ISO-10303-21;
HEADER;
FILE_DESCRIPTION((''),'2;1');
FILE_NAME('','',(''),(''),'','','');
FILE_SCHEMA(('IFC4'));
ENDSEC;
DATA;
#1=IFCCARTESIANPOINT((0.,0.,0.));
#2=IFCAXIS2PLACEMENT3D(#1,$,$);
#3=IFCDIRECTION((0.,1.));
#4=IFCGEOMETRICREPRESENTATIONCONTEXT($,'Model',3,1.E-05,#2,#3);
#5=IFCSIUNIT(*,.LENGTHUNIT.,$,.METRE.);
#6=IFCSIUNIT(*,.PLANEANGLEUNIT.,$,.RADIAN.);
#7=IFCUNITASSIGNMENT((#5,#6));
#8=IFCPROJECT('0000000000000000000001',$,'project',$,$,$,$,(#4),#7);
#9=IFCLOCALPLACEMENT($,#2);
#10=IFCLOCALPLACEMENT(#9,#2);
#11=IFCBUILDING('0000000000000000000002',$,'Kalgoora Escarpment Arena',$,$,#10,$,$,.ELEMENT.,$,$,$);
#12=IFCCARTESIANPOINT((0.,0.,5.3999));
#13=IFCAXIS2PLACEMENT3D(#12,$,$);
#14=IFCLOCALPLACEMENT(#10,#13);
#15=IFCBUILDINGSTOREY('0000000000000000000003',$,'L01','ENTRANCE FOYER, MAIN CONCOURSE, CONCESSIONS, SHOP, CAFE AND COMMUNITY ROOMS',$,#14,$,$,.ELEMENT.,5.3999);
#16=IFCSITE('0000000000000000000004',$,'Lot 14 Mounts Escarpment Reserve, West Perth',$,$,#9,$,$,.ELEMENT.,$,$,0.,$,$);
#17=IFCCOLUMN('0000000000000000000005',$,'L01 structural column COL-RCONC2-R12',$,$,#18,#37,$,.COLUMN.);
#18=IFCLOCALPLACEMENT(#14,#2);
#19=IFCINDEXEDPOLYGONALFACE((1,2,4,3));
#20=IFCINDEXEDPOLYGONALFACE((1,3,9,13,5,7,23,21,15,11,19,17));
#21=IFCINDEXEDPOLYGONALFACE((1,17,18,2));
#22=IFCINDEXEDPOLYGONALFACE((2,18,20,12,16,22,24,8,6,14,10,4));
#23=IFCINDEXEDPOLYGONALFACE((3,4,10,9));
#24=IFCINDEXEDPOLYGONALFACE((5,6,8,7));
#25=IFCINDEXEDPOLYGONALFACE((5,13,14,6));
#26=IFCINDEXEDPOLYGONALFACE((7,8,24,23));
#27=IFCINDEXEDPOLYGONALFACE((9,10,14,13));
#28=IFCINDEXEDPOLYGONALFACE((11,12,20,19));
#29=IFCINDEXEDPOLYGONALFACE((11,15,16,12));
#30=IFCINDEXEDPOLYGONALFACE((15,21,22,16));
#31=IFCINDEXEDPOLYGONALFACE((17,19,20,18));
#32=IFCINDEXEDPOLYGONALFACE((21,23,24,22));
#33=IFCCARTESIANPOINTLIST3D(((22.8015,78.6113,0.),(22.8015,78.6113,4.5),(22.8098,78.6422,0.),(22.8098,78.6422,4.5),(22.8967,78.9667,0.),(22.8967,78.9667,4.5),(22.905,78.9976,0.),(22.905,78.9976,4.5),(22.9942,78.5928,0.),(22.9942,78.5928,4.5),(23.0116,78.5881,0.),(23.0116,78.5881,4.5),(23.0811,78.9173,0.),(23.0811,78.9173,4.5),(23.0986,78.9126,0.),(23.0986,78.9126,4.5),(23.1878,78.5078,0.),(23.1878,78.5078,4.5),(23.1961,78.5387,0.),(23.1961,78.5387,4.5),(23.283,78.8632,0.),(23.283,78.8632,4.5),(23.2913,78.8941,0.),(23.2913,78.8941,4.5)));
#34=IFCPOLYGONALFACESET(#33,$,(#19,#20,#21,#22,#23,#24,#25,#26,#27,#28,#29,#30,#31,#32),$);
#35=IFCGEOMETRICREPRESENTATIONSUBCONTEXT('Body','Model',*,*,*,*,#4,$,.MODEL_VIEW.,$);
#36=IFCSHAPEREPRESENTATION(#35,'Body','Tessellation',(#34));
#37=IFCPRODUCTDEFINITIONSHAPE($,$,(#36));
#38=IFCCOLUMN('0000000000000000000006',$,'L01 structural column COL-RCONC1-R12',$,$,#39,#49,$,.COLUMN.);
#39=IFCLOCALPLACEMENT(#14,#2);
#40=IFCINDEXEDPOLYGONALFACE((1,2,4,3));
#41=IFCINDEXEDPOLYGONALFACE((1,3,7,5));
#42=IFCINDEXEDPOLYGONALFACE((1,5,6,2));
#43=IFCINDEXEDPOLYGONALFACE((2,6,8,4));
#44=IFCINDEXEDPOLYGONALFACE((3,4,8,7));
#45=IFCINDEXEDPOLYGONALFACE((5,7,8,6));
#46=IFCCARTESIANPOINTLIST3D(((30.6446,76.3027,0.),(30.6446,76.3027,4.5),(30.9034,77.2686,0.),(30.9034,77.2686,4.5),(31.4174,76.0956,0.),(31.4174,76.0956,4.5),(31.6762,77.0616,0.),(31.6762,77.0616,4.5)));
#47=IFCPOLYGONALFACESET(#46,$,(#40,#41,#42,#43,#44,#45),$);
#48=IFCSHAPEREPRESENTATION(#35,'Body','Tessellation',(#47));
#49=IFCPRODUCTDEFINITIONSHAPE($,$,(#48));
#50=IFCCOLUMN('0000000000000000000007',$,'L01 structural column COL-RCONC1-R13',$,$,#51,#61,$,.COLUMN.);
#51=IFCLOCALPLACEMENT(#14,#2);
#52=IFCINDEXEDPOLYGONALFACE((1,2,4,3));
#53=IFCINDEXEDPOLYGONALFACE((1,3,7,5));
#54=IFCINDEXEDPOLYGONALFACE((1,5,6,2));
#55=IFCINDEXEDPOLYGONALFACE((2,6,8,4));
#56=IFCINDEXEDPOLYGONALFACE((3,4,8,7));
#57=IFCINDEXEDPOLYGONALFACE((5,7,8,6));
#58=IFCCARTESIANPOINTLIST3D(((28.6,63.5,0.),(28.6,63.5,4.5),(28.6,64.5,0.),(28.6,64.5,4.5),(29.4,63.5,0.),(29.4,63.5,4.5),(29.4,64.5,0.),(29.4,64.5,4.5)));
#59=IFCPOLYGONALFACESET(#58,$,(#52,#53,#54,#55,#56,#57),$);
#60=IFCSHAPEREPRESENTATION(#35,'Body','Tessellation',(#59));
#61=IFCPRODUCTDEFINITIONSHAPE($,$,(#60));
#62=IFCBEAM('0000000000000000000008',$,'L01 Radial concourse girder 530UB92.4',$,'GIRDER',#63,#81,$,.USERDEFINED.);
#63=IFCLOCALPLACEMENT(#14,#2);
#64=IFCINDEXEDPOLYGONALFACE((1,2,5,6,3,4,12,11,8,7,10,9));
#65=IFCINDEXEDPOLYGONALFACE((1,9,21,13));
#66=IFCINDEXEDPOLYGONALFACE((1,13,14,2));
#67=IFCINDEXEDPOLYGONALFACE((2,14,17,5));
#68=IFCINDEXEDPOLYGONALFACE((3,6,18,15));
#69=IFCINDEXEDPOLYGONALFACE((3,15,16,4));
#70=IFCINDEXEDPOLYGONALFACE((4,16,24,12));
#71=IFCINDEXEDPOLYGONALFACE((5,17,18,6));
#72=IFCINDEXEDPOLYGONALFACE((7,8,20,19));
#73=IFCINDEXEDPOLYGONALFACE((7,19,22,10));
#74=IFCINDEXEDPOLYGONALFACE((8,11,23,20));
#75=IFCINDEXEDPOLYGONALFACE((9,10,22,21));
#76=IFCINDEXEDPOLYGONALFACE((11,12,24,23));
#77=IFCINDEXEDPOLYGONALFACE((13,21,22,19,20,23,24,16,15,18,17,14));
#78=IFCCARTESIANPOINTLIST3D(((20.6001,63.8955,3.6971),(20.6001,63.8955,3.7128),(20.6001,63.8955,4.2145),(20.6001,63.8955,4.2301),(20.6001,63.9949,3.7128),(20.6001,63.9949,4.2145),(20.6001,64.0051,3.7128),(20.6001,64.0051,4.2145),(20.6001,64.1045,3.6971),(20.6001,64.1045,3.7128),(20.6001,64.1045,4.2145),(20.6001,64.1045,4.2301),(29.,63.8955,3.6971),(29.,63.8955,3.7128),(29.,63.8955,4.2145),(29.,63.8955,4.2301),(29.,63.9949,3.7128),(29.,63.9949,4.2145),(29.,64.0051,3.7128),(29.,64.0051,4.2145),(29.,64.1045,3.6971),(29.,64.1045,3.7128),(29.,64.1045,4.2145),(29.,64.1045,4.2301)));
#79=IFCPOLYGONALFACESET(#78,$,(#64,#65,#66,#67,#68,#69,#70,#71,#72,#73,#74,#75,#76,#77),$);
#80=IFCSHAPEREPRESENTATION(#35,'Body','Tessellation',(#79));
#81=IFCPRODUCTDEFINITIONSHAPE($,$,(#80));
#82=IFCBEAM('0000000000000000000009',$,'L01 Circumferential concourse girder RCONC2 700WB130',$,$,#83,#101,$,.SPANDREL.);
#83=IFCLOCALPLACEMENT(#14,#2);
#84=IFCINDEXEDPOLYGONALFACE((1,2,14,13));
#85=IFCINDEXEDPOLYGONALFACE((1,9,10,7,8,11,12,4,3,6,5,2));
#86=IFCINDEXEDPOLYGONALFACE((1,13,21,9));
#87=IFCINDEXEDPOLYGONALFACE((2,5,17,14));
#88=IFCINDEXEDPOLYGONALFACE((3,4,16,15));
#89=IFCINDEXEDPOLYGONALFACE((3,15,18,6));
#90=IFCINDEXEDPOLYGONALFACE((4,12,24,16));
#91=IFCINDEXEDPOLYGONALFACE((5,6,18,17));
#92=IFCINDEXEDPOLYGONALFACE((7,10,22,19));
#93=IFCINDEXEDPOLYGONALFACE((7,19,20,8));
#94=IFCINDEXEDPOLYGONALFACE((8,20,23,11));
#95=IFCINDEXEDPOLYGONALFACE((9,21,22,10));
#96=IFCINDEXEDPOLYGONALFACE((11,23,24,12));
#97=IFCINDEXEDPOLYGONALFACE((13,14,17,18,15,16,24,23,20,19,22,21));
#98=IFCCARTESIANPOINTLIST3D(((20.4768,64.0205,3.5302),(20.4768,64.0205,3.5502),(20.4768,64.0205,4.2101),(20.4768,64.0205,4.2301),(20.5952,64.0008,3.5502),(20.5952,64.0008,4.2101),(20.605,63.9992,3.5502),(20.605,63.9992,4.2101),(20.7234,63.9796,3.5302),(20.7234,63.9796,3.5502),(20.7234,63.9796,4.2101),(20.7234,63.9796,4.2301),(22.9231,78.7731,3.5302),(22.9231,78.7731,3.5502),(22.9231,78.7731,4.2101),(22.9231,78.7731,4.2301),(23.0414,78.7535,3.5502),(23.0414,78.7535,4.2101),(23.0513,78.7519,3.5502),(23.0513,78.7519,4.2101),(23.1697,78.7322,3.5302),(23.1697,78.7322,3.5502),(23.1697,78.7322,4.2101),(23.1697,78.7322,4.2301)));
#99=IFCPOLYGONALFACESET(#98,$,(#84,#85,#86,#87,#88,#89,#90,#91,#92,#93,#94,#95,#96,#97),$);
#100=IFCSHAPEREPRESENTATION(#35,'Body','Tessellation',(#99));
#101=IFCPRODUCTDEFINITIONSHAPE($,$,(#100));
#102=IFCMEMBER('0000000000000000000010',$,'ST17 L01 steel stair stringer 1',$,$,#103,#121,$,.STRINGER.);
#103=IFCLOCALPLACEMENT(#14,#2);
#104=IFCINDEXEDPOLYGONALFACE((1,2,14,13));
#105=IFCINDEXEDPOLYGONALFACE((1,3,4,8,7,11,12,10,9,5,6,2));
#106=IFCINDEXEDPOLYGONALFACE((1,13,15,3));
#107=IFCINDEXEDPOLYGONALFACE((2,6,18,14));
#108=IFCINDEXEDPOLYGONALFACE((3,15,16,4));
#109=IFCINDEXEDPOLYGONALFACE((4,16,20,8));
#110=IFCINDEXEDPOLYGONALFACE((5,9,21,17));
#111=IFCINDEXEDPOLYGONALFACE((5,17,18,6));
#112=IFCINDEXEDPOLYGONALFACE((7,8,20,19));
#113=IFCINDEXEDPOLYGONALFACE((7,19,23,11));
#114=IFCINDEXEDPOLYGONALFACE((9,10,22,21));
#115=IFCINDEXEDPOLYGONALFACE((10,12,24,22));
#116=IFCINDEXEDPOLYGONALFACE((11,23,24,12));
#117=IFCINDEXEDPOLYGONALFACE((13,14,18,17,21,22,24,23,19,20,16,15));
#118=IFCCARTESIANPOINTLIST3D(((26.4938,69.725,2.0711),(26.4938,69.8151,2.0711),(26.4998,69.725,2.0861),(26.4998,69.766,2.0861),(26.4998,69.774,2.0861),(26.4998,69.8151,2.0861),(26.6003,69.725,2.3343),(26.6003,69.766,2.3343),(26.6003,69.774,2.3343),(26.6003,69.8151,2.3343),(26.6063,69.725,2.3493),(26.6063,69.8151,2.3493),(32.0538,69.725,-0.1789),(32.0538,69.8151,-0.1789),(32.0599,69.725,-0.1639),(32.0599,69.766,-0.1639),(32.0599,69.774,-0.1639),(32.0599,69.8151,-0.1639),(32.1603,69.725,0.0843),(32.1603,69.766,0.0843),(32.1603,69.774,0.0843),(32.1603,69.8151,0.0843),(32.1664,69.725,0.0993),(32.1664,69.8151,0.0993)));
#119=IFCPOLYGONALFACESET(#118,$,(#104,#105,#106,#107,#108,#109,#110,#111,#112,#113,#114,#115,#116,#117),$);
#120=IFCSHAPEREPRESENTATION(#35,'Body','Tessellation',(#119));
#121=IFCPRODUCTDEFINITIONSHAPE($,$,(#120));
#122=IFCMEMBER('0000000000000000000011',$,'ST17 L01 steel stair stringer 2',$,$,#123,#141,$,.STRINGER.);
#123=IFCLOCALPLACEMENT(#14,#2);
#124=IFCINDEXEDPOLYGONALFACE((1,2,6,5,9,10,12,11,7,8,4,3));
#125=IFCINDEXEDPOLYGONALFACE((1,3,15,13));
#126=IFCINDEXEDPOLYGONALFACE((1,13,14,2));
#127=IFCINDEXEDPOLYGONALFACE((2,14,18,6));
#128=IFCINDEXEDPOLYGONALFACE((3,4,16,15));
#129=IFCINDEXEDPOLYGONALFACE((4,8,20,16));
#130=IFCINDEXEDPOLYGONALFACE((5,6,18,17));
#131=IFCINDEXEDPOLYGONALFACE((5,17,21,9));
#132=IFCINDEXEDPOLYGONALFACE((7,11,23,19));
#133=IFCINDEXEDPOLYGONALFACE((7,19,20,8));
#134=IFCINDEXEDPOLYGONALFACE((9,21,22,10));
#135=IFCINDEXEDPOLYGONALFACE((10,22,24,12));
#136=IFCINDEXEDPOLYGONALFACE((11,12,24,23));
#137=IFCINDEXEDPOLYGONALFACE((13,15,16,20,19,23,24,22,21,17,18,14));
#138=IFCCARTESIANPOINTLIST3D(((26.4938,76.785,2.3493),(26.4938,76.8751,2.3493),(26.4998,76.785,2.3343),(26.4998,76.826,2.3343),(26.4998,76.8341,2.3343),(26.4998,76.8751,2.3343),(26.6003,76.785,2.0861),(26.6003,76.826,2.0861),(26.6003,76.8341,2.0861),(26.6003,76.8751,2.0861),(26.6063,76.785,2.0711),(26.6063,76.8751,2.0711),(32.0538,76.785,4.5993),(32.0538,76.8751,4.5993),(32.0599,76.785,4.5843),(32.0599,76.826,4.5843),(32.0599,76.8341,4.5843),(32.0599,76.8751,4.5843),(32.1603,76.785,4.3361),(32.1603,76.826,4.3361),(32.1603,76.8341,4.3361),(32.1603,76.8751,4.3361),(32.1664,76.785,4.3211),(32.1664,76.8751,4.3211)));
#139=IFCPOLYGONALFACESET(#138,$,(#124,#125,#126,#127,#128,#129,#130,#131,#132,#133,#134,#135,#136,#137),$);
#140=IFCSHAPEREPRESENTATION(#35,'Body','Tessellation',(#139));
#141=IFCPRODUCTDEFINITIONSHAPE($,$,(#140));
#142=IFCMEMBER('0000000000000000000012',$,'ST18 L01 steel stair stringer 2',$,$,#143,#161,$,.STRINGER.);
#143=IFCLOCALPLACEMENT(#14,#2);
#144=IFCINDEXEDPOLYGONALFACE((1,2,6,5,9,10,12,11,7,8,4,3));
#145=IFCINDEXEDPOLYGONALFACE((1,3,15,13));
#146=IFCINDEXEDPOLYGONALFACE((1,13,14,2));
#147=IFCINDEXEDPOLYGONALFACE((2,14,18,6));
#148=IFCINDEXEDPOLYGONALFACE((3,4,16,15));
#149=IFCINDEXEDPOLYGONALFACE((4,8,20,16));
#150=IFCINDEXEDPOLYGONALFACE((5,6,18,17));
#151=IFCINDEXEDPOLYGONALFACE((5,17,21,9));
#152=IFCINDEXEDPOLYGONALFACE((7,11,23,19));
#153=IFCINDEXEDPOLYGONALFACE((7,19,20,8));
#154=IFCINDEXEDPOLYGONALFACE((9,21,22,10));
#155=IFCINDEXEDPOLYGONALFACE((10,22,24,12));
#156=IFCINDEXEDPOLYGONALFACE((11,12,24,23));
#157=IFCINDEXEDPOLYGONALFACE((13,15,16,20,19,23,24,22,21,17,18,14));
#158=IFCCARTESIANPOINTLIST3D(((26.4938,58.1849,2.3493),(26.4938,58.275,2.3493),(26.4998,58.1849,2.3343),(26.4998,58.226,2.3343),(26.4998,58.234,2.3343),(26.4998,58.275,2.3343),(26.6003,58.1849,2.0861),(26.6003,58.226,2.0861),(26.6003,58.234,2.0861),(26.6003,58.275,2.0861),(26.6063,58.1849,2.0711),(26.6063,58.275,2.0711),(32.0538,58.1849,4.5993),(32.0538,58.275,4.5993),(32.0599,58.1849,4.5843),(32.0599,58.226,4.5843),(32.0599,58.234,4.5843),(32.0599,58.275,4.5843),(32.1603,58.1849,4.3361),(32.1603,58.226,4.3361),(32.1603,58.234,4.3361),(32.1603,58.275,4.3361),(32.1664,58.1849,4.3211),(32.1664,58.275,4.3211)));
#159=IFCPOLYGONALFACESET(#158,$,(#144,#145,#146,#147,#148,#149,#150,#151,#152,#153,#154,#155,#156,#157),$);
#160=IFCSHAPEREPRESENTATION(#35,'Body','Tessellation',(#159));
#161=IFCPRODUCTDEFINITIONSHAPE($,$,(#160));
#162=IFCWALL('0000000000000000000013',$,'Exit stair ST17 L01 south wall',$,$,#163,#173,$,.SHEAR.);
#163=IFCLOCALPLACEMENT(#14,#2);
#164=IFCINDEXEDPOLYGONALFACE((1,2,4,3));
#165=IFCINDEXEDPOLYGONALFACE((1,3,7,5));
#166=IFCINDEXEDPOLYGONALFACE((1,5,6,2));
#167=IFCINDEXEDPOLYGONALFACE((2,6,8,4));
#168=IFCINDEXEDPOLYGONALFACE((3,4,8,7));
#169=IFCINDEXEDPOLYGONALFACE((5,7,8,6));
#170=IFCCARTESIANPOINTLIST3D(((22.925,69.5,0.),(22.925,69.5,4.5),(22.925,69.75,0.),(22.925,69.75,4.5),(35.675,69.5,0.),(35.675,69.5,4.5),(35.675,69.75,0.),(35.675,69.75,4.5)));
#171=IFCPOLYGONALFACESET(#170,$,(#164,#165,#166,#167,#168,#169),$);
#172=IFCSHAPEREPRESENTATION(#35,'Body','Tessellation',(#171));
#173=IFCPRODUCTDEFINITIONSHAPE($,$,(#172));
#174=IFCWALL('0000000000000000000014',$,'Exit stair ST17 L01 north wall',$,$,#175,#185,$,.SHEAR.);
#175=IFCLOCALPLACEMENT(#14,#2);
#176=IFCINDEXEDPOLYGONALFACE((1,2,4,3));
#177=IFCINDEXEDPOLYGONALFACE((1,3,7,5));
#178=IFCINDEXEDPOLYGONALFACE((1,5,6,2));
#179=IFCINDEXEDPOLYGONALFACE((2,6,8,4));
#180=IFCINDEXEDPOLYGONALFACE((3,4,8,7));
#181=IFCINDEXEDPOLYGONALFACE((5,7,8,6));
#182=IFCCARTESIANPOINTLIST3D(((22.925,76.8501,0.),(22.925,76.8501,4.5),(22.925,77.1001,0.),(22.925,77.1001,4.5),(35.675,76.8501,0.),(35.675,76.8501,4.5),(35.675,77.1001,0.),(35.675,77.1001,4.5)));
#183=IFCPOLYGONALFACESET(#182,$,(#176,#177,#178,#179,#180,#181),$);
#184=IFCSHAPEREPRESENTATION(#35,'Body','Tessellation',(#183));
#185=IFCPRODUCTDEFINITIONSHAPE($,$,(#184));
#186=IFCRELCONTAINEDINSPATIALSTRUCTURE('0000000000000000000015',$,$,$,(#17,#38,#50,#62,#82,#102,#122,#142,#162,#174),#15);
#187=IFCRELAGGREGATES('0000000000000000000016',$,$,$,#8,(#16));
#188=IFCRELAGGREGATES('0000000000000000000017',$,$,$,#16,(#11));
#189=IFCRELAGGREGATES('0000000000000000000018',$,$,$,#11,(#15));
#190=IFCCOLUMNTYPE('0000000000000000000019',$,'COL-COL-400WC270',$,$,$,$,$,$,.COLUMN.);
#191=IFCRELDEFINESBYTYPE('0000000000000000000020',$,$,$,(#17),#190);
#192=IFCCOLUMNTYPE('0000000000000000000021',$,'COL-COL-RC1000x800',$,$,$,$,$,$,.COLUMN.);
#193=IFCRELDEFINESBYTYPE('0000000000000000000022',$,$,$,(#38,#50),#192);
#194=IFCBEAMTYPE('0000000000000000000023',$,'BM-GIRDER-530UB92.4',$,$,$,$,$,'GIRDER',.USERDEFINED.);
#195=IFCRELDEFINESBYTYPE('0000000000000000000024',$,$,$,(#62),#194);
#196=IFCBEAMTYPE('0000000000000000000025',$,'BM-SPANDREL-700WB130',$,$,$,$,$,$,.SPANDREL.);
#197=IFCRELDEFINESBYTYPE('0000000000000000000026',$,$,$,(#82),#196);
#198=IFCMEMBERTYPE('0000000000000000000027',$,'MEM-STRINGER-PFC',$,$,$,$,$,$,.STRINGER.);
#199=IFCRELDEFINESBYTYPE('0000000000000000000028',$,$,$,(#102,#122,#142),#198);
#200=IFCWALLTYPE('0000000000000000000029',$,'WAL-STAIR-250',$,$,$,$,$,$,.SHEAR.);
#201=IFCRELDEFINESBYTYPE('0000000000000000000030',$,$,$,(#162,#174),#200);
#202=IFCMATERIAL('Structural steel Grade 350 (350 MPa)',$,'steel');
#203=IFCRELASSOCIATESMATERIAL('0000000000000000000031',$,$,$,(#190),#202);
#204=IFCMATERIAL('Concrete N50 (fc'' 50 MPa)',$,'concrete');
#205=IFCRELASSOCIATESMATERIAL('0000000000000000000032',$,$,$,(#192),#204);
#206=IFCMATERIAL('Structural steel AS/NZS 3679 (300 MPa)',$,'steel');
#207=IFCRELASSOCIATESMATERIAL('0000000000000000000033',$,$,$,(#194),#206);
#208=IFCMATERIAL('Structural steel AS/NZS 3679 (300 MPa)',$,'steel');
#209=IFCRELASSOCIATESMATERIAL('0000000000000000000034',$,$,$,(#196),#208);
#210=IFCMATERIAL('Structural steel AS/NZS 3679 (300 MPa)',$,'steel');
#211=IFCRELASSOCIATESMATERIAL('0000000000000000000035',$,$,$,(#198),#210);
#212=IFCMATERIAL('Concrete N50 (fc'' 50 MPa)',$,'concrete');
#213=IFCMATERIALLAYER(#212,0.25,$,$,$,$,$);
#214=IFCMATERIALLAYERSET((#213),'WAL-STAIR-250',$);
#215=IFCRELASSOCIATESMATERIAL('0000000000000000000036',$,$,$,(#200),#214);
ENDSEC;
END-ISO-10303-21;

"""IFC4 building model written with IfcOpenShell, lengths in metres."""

from ifc_helpers import new_model, si_unit, direction, frame, frame_2d, origin, origin_2d, place, context, subcontext, project, spatial, rectangle, i_section, extrude, material, layer, layer_set, material_profile, profile_set, type_object, element, save


model = new_model("IFC4")

# Units and contexts
model_context = context("Model", 3, precision=1e-05, world=origin(), true_north=direction((0.0, 1.0)))
body_context = subcontext(model_context, "Body", "Model", "MODEL_VIEW")
ifc_project = project(units=[si_unit("LENGTHUNIT", "METRE"), si_unit("PLANEANGLEUNIT", "RADIAN")], contexts=[model_context])

# Site, building, storey
site_placement = place(None, origin())
site = spatial("IfcSite", under=ifc_project, at=site_placement, Name="Lot 14 Mounts Escarpment Reserve, West Perth", CompositionType="ELEMENT", RefElevation=0.0)
building_placement = place(site_placement, origin())
building = spatial("IfcBuilding", under=site, at=building_placement, Name="Kalgoora Escarpment Arena", CompositionType="ELEMENT")
storey_placement = place(building_placement, frame((0.0, 0.0, 5.3999)))
storey = spatial("IfcBuildingStorey", under=building, at=storey_placement, Name="L01", Description="ENTRANCE FOYER, MAIN CONCOURSE, CONCESSIONS, SHOP, CAFE AND COMMUNITY ROOMS", CompositionType="ELEMENT", Elevation=5.3999)

# Columns
ifc_material_1 = material(Name="Structural steel Grade 350 (350 MPa)", Category="steel")
ifc_material_profile_1 = material_profile(ifc_material_1, i_section(OverallWidth=0.3999, OverallDepth=0.3999, WebThickness=0.0181, FlangeThickness=0.032, at=origin_2d()))
ifc_profile_set_1 = profile_set([ifc_material_profile_1], Name="Structural steel Grade 350 (350 MPa)")
column_type_1 = type_object("IfcColumnType", Name="COL-COL-400WC270", PredefinedType="COLUMN", material=ifc_profile_set_1)
column_placement = place(storey_placement, frame((23.0464, 78.7527, 0.0), z_axis=(0.0, 0.0, 1.0), x_axis=(-0.965926, 0.258819, 0.0)))
element("IfcColumn", 1, at=column_placement, inside=storey, type_object=column_type_1, Name="L01 structural column COL-RCONC2-R12", PredefinedType="COLUMN", context=body_context, shape_type="SweptSolid", body=[
    extrude(i_section(OverallWidth=0.3999, OverallDepth=0.3999, WebThickness=0.0181, FlangeThickness=0.032, at=origin_2d()), origin(), (0.0, 0.0, 1.0), 4.5),
])
ifc_material_2 = material(Name="Concrete N50 (fc' 50 MPa)", Category="concrete")
ifc_material_profile_2 = material_profile(ifc_material_2, rectangle(XDim=0.8, YDim=1.0, at=origin_2d()))
ifc_profile_set_2 = profile_set([ifc_material_profile_2], Name="Concrete N50 (fc' 50 MPa)")
column_type_2 = type_object("IfcColumnType", Name="COL-COL-RC1000x800", PredefinedType="COLUMN", material=ifc_profile_set_2)
for number, where, z_axis, x_axis, name in (
    (2, (31.1604, 76.6821, 0.0), (0.0, 0.0, 1.0), (-0.965926, 0.258819, 0.0), "L01 structural column COL-RCONC1-R12"),
    (3, (29.0, 64.0, 0.0), (0.0, 0.0, 1.0), (-1.0, 0.0, 0.0), "L01 structural column COL-RCONC1-R13"),
):
    element("IfcColumn", number, at=place(storey_placement, frame(where, z_axis=z_axis, x_axis=x_axis)), inside=storey, type_object=column_type_2, Name=name, PredefinedType="COLUMN", context=body_context, shape_type="SweptSolid", body=[
        extrude(rectangle(XDim=0.8, YDim=1.0, at=origin_2d()), origin(), (0.0, 0.0, 1.0), 4.5),
    ])

# Beams
ifc_material_3 = material(Name="Structural steel AS/NZS 3679 (300 MPa)", Category="steel")
ifc_material_profile_3 = material_profile(ifc_material_3, i_section(OverallWidth=0.209, OverallDepth=0.533, WebThickness=0.0103, FlangeThickness=0.0156, at=origin_2d()))
ifc_profile_set_3 = profile_set([ifc_material_profile_3], Name="Structural steel AS/NZS 3679 (300 MPa)")
beam_type_1 = type_object("IfcBeamType", Name="BM-GIRDER-530UB92.4", ElementType="GIRDER", PredefinedType="USERDEFINED", material=ifc_profile_set_3)
beam_1_placement = place(storey_placement, frame((29.0, 64.0, 3.9636), z_axis=(-1.0, 0.0, 0.0), x_axis=(0.0, -1.0, 0.0)))
element("IfcBeam", 4, at=beam_1_placement, inside=storey, type_object=beam_type_1, Name="L01 Radial concourse girder 530UB92.4", ObjectType="GIRDER", PredefinedType="USERDEFINED", context=body_context, shape_type="SweptSolid", body=[
    extrude(i_section(OverallWidth=0.209, OverallDepth=0.533, WebThickness=0.0103, FlangeThickness=0.0156, at=origin_2d()), origin(), (0.0, 0.0, 1.0), 8.3999),
])
ifc_material_4 = material(Name="Structural steel AS/NZS 3679 (300 MPa)", Category="steel")
ifc_material_profile_4 = material_profile(ifc_material_4, i_section(OverallWidth=0.25, OverallDepth=0.7, WebThickness=0.01, FlangeThickness=0.02, at=origin_2d()))
ifc_profile_set_4 = profile_set([ifc_material_profile_4], Name="Structural steel AS/NZS 3679 (300 MPa)")
beam_type_2 = type_object("IfcBeamType", Name="BM-SPANDREL-700WB130", PredefinedType="SPANDREL", material=ifc_profile_set_4)
beam_2_placement = place(storey_placement, frame((23.0464, 78.7527, 3.8801), z_axis=(-0.163586, -0.986529, 0.0), x_axis=(0.986529, -0.163586, 0.0)))
element("IfcBeam", 5, at=beam_2_placement, inside=storey, type_object=beam_type_2, Name="L01 Circumferential concourse girder RCONC2 700WB130", PredefinedType="SPANDREL", context=body_context, shape_type="SweptSolid", body=[
    extrude(i_section(OverallWidth=0.25, OverallDepth=0.7, WebThickness=0.01, FlangeThickness=0.02, at=origin_2d()), origin(), (0.0, 0.0, 1.0), 14.9541),
])

# Members
ifc_material_5 = material(Name="Structural steel AS/NZS 3679 (300 MPa)", Category="steel")
ifc_material_profile_5 = material_profile(ifc_material_5, i_section(OverallWidth=0.0901, OverallDepth=0.3, WebThickness=0.0081, FlangeThickness=0.0161, at=origin_2d()))
ifc_profile_set_5 = profile_set([ifc_material_profile_5], Name="Structural steel AS/NZS 3679 (300 MPa)")
member_type = type_object("IfcMemberType", Name="MEM-STRINGER-PFC", PredefinedType="STRINGER", material=ifc_profile_set_5)
for number, where, z_axis, x_axis, name in (
    (6, (32.1101, 69.77, -0.0398), (-0.926976, 0.0, 0.375121), (0.0, -1.0, 0.0), "ST17 L01 steel stair stringer 1"),
    (7, (26.55, 76.8301, 2.2102), (0.926976, 0.0, 0.375121), (0.0, 1.0, 0.0), "ST17 L01 steel stair stringer 2"),
    (8, (26.55, 58.23, 2.2102), (0.926976, 0.0, 0.375121), (0.0, 1.0, 0.0), "ST18 L01 steel stair stringer 2"),
):
    element("IfcMember", number, at=place(storey_placement, frame(where, z_axis=z_axis, x_axis=x_axis)), inside=storey, type_object=member_type, Name=name, PredefinedType="STRINGER", context=body_context, shape_type="SweptSolid", body=[
        extrude(i_section(OverallWidth=0.0901, OverallDepth=0.3, WebThickness=0.0081, FlangeThickness=0.0161, at=origin_2d()), origin(), (0.0, 0.0, 1.0), 5.998),
    ])

# Walls
ifc_material_6 = material(Name="Concrete N50 (fc' 50 MPa)", Category="concrete")
ifc_layer_1 = layer(ifc_material_6, 0.25)
ifc_layer_set_1 = layer_set([ifc_layer_1], Name="WAL-STAIR-250")
wall_type_1 = type_object("IfcWallType", Name="WAL-STAIR-250", PredefinedType="SHEAR", material=ifc_layer_set_1)
for number, where, z_axis, x_axis, name in (
    (9, (22.925, 69.625, 0.0), (0.0, 0.0, 1.0), (1.0, 0.0, 0.0), "Exit stair ST17 L01 south wall"),
    (10, (22.925, 76.9751, 0.0), (0.0, 0.0, 1.0), (1.0, 0.0, 0.0), "Exit stair ST17 L01 north wall"),
):
    element("IfcWall", number, at=place(storey_placement, frame(where, z_axis=z_axis, x_axis=x_axis)), inside=storey, type_object=wall_type_1, Name=name, PredefinedType="SHEAR", context=body_context, shape_type="SweptSolid", body=[
        extrude(rectangle(XDim=12.75, YDim=0.25, at=frame_2d((6.375, 0.0))), origin(), (0.0, 0.0, 1.0), 4.5),
    ])

save(model, "model.ifc")
